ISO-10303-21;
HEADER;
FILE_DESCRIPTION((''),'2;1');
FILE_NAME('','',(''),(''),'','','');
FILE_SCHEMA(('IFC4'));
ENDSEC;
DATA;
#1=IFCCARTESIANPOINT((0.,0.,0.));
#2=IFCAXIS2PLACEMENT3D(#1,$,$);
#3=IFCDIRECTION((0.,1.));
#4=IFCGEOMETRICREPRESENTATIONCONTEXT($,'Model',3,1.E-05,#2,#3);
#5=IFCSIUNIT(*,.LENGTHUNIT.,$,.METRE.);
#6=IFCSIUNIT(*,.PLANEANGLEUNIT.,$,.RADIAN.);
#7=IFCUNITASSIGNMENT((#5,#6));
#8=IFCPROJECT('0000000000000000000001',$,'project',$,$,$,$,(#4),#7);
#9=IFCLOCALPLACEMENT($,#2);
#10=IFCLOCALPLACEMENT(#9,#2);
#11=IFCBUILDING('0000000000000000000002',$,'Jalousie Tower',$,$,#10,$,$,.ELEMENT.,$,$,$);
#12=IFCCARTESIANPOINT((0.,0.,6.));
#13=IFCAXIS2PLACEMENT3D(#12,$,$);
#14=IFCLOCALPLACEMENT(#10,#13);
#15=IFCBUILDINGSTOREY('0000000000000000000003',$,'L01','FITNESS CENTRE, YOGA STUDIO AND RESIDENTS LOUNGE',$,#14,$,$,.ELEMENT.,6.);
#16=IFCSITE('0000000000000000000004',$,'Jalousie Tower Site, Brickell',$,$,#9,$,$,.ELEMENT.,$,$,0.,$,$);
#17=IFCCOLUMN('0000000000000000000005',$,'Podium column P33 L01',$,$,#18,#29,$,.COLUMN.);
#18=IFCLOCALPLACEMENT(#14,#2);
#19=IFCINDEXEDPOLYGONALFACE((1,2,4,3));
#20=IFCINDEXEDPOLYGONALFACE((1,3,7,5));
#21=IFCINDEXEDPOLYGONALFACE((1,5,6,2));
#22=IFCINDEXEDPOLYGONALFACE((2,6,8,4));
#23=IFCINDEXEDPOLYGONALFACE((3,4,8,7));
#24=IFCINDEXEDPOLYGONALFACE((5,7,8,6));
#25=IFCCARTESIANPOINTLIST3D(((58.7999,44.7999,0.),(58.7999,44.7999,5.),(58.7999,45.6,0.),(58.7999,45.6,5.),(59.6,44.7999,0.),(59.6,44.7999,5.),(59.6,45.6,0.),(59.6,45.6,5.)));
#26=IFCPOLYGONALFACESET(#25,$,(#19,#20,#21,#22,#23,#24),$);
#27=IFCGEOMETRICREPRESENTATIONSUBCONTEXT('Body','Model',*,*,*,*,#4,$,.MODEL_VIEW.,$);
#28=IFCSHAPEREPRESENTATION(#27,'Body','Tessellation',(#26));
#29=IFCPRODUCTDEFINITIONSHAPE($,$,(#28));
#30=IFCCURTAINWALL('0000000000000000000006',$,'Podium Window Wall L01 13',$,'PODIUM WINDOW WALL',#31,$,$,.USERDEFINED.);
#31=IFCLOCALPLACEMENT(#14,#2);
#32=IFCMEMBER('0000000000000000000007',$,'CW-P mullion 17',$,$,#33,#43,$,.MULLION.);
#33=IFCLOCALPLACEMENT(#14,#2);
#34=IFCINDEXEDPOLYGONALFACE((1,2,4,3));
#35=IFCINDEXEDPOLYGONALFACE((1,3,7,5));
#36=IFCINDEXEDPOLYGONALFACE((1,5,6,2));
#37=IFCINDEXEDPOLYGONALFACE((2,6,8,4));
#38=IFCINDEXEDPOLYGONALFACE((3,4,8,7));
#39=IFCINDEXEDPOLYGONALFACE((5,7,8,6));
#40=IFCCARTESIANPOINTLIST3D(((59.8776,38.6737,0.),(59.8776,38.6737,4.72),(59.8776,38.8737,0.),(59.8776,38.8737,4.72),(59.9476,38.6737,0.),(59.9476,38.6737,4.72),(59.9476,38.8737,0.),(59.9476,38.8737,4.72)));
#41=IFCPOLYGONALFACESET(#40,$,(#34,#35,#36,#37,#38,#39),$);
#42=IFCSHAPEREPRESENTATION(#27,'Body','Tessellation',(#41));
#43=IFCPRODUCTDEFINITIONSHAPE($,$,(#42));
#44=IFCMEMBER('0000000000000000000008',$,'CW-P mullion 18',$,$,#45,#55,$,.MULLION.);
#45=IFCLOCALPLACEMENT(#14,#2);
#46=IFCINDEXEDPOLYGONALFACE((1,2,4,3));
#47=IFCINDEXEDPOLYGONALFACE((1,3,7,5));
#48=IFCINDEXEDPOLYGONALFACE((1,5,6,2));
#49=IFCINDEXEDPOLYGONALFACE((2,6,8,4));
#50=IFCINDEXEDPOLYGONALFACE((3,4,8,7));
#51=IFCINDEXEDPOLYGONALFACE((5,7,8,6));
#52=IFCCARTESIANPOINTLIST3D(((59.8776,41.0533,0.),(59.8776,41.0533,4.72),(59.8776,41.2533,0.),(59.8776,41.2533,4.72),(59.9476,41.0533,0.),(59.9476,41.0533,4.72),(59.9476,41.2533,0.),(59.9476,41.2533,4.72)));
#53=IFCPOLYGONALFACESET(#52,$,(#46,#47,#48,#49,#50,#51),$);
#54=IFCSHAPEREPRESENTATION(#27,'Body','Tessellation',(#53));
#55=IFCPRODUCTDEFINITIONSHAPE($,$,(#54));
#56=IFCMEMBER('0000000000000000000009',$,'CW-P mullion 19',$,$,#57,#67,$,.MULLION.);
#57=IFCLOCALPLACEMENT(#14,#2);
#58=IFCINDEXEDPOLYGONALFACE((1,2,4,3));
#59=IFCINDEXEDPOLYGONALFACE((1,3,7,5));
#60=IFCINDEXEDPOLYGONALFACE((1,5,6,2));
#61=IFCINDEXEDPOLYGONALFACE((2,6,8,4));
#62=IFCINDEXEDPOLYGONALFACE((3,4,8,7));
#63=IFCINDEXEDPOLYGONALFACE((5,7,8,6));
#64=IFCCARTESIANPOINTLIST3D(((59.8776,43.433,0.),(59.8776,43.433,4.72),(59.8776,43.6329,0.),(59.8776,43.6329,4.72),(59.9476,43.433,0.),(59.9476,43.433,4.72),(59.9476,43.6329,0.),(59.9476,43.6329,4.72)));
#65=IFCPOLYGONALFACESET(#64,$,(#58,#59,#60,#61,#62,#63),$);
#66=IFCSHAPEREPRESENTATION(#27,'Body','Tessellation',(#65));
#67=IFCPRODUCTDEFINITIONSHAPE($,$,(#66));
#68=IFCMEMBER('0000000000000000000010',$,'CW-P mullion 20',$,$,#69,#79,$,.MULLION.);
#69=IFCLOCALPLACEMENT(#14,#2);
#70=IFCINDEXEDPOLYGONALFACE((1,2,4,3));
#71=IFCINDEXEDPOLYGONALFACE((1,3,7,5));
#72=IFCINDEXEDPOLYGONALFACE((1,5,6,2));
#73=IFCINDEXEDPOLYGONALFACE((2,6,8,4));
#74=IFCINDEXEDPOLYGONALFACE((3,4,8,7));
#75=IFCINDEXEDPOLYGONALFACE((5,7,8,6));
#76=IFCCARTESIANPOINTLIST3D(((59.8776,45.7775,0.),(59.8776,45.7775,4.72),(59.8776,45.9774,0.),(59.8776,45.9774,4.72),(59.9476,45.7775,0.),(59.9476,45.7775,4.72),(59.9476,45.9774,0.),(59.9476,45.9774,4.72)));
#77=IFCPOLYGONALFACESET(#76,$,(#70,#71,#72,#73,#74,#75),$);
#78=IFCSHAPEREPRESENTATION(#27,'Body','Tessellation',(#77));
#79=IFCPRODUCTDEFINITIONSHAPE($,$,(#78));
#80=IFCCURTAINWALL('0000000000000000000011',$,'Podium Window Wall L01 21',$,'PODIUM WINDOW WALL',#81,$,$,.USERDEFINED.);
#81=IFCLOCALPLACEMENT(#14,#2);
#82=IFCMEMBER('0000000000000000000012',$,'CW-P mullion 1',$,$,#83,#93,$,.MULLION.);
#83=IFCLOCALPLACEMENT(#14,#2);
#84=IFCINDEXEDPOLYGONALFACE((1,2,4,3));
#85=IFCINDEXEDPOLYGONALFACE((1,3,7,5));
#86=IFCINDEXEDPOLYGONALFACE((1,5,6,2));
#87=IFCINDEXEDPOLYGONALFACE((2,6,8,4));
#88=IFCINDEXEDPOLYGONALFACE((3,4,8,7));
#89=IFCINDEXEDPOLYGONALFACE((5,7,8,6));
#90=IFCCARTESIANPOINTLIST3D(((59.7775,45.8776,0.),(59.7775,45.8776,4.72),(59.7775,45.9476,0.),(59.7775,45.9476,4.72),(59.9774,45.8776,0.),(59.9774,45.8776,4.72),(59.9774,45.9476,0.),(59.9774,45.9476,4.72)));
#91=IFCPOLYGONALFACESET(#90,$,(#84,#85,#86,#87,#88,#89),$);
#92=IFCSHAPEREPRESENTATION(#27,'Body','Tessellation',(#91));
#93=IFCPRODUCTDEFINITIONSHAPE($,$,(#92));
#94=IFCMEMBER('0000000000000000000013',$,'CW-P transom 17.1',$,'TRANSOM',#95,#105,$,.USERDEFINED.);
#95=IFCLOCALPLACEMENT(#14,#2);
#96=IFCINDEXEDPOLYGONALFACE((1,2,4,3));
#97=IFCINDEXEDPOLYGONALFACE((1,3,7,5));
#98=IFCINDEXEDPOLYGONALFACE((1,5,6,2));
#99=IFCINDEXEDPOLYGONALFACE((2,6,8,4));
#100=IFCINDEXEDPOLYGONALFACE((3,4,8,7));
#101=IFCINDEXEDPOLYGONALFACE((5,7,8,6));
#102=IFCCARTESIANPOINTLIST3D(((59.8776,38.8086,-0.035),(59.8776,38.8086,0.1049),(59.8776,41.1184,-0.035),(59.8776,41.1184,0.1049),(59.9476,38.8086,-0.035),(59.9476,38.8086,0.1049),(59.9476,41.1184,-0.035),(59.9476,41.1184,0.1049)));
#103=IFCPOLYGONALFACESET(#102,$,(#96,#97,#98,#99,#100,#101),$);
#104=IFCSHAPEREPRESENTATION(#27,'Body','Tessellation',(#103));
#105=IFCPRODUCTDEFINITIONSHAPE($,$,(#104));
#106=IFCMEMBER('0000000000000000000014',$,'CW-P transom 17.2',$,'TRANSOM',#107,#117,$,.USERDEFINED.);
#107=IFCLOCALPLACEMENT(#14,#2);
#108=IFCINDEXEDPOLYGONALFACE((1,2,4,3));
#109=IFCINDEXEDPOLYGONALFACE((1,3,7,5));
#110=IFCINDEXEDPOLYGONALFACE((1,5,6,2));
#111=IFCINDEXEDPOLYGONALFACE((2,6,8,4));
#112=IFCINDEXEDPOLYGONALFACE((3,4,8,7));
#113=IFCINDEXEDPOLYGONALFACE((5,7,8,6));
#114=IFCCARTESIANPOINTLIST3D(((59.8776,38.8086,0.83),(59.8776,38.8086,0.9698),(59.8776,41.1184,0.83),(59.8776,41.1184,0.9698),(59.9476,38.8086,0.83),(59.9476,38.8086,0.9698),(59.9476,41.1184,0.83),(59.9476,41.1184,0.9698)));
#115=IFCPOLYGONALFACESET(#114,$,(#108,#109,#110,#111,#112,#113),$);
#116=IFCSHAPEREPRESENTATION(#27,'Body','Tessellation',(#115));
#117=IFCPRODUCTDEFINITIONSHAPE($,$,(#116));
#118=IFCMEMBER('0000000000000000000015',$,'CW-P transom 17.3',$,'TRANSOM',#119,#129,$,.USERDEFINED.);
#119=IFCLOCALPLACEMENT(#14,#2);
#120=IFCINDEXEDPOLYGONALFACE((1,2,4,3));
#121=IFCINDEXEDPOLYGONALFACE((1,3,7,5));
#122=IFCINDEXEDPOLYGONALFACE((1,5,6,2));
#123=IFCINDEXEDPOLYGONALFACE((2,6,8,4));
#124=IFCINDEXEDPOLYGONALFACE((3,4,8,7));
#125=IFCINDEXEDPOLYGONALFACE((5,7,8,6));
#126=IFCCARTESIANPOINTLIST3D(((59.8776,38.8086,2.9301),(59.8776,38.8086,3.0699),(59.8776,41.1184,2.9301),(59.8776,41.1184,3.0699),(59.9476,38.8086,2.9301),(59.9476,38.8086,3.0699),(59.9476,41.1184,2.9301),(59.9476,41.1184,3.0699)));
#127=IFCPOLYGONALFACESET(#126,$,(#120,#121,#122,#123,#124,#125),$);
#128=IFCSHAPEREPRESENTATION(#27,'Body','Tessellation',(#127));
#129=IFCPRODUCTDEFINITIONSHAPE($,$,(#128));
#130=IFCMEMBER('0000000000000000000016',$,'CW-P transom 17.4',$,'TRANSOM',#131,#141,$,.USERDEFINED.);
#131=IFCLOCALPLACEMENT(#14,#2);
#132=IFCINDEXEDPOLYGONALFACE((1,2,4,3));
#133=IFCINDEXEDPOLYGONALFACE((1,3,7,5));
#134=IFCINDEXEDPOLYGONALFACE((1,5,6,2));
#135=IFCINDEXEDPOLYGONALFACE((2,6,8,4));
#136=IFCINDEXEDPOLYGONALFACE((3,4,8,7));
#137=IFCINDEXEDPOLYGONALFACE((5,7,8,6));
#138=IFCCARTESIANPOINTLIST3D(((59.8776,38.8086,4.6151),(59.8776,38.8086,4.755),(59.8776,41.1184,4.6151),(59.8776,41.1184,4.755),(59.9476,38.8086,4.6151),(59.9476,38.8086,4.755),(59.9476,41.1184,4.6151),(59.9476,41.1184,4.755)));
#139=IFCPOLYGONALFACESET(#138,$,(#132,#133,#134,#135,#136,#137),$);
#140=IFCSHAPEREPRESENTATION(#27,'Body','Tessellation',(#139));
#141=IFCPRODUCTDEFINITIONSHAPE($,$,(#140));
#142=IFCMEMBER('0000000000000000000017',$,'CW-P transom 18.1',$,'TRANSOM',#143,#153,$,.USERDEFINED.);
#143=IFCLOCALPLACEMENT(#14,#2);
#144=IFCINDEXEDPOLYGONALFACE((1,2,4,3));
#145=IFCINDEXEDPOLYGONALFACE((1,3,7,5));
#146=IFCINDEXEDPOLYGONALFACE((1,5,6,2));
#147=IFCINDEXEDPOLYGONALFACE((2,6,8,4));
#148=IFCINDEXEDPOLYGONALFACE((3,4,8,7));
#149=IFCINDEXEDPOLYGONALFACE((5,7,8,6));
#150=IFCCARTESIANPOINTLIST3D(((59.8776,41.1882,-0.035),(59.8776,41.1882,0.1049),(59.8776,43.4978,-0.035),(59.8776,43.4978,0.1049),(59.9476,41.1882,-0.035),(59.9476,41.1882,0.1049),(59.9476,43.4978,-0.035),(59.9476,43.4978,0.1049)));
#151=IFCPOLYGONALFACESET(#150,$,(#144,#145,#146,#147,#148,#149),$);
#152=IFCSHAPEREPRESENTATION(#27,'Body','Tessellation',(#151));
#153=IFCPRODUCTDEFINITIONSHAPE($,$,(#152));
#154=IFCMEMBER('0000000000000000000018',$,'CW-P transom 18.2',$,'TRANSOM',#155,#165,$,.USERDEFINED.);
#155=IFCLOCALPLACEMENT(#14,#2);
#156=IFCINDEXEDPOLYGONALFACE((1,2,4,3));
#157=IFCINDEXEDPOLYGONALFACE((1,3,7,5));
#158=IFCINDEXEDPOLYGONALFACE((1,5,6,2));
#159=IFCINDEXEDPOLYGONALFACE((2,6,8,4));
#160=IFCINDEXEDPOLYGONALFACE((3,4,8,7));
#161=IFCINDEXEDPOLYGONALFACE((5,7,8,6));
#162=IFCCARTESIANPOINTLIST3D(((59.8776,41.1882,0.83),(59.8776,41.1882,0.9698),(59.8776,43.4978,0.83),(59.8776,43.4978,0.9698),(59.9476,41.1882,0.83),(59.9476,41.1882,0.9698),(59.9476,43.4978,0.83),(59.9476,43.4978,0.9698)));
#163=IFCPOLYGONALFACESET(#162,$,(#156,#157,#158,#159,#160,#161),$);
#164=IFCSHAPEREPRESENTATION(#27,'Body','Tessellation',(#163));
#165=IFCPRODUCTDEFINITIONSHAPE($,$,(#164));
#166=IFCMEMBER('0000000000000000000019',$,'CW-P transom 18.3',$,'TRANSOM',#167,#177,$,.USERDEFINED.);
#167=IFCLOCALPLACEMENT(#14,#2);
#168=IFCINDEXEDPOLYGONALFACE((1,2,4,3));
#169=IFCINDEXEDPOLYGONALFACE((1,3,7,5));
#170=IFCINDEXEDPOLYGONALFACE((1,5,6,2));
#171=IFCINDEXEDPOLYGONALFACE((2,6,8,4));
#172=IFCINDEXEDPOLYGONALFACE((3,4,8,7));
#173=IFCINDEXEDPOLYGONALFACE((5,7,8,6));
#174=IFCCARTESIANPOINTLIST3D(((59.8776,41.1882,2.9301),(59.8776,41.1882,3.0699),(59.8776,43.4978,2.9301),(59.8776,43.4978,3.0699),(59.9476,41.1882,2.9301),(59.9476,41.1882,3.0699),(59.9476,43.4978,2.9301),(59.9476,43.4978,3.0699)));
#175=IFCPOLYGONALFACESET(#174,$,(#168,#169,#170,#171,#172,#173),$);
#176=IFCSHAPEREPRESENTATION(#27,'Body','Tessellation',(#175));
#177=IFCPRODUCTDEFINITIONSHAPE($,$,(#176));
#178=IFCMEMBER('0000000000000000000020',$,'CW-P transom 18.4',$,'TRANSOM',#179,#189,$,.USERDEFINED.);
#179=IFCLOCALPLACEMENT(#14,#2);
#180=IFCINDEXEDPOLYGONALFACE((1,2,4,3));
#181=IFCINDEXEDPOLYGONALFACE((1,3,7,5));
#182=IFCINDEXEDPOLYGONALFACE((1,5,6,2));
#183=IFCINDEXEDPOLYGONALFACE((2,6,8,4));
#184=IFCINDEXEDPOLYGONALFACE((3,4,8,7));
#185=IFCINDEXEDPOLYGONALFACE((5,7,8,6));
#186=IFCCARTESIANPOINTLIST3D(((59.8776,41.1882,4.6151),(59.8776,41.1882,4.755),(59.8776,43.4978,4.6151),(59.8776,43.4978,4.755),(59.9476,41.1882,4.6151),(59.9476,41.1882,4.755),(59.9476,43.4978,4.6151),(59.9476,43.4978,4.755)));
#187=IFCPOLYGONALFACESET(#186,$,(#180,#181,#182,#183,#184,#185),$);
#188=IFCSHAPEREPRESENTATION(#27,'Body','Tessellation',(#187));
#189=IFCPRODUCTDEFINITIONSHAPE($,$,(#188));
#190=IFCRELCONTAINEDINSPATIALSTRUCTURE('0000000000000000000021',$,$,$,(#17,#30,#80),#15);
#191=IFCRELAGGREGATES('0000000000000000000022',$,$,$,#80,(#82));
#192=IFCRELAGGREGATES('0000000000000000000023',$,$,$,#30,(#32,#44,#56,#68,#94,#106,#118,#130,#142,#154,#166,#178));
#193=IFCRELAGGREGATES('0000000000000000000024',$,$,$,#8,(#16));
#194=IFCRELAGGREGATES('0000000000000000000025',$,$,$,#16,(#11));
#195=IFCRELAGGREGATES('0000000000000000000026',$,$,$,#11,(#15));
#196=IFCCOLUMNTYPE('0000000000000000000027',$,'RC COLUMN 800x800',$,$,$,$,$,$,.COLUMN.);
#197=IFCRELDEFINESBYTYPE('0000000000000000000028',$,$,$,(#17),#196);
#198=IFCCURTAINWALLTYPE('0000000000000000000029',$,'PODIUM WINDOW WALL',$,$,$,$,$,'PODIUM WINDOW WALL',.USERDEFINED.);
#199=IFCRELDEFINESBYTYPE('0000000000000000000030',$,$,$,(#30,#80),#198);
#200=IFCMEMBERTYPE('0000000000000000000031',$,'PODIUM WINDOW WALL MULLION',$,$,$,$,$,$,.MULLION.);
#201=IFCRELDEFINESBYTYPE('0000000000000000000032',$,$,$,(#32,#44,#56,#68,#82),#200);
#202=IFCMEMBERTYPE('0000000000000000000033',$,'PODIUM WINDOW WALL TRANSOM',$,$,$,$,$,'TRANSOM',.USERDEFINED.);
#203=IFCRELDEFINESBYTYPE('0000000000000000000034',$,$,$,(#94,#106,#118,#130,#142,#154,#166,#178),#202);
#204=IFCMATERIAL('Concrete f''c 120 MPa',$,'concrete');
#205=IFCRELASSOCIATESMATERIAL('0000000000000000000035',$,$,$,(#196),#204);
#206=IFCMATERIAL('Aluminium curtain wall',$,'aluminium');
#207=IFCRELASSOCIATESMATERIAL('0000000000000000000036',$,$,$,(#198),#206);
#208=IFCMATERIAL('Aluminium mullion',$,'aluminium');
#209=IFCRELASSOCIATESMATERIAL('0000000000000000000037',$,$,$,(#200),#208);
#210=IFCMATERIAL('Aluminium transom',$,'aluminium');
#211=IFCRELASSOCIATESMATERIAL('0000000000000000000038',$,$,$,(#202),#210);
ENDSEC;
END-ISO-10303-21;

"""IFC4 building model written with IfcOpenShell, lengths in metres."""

from ifc_helpers import new_model, si_unit, direction, frame, origin, origin_2d, place, context, subcontext, project, spatial, rectangle, extrude, material, material_profile, profile_set, type_object, element, aggregate, save


model = new_model("IFC4")

# Units and contexts
model_context = context("Model", 3, precision=1e-05, world=origin(), true_north=direction((0.0, 1.0)))
body_context = subcontext(model_context, "Body", "Model", "MODEL_VIEW")
ifc_project = project(units=[si_unit("LENGTHUNIT", "METRE"), si_unit("PLANEANGLEUNIT", "RADIAN")], contexts=[model_context])

# Site, building, storey
site_placement = place(None, origin())
site = spatial("IfcSite", under=ifc_project, at=site_placement, Name="Jalousie Tower Site, Brickell", CompositionType="ELEMENT", RefElevation=0.0)
building_placement = place(site_placement, origin())
building = spatial("IfcBuilding", under=site, at=building_placement, Name="Jalousie Tower", CompositionType="ELEMENT")
storey_placement = place(building_placement, frame((0.0, 0.0, 6.0)))
storey = spatial("IfcBuildingStorey", under=building, at=storey_placement, Name="L01", Description="FITNESS CENTRE, YOGA STUDIO AND RESIDENTS LOUNGE", CompositionType="ELEMENT", Elevation=6.0)

# Column
ifc_material_1 = material(Name="Concrete f'c 120 MPa", Category="concrete")
ifc_material_profile_1 = material_profile(ifc_material_1, rectangle(XDim=0.8, YDim=0.8, at=origin_2d()), Name="RC 800x800")
ifc_profile_set_1 = profile_set([ifc_material_profile_1], Name="Concrete f'c 120 MPa")
column_type = type_object("IfcColumnType", Name="RC COLUMN 800x800", PredefinedType="COLUMN", material=ifc_profile_set_1)
column_placement = place(storey_placement, frame((59.2, 45.2, 0.0), z_axis=(0.0, 0.0, 1.0), x_axis=(1.0, 0.0, 0.0)))
element("IfcColumn", 1, at=column_placement, inside=storey, type_object=column_type, Name="Podium column P33 L01", PredefinedType="COLUMN", context=body_context, shape_type="SweptSolid", body=[
    extrude(rectangle(XDim=0.8, YDim=0.8, at=origin_2d()), origin(), (0.0, 0.0, 1.0), 5.0),
])

# Curtain wall, members
ifc_material_2 = material(Name="Aluminium curtain wall", Category="aluminium")
curtain_wall_type = type_object("IfcCurtainWallType", Name="PODIUM WINDOW WALL", ElementType="PODIUM WINDOW WALL", PredefinedType="USERDEFINED", material=ifc_material_2)
curtain_wall_1_placement = place(storey_placement, origin())
curtain_wall_1 = element("IfcCurtainWall", 2, at=curtain_wall_1_placement, inside=storey, type_object=curtain_wall_type, Name="Podium Window Wall L01 13", ObjectType="PODIUM WINDOW WALL", PredefinedType="USERDEFINED")
ifc_material_3 = material(Name="Aluminium mullion", Category="aluminium")
ifc_material_profile_2 = material_profile(ifc_material_3, rectangle(XDim=0.0701, YDim=0.2, at=origin_2d()), Name="MULLION 70x200")
ifc_profile_set_2 = profile_set([ifc_material_profile_2], Name="Aluminium mullion")
member_type_1 = type_object("IfcMemberType", Name="PODIUM WINDOW WALL MULLION", PredefinedType="MULLION", material=ifc_profile_set_2)
member_1_placement = place(storey_placement, frame((59.9126, 38.7737, 0.0), z_axis=(0.0, 0.0, 1.0), x_axis=(-1.0, 0.0, 0.0)))
member_1 = element("IfcMember", 3, at=member_1_placement, type_object=member_type_1, Name="CW-P mullion 17", PredefinedType="MULLION", context=body_context, shape_type="SweptSolid", body=[
    extrude(rectangle(XDim=0.0701, YDim=0.2, at=origin_2d()), origin(), (0.0, 0.0, 1.0), 4.72),
])
member_2_placement = place(storey_placement, frame((59.9126, 41.1533, 0.0), z_axis=(0.0, 0.0, 1.0), x_axis=(-1.0, 0.0, 0.0)))
member_2 = element("IfcMember", 4, at=member_2_placement, type_object=member_type_1, Name="CW-P mullion 18", PredefinedType="MULLION", context=body_context, shape_type="SweptSolid", body=[
    extrude(rectangle(XDim=0.0701, YDim=0.2, at=origin_2d()), origin(), (0.0, 0.0, 1.0), 4.72),
])
member_3_placement = place(storey_placement, frame((59.9126, 43.533, 0.0), z_axis=(0.0, 0.0, 1.0), x_axis=(-1.0, 0.0, 0.0)))
member_3 = element("IfcMember", 5, at=member_3_placement, type_object=member_type_1, Name="CW-P mullion 19", PredefinedType="MULLION", context=body_context, shape_type="SweptSolid", body=[
    extrude(rectangle(XDim=0.0701, YDim=0.2, at=origin_2d()), origin(), (0.0, 0.0, 1.0), 4.72),
])
member_4_placement = place(storey_placement, frame((59.9126, 45.8774, 0.0), z_axis=(0.0, 0.0, 1.0), x_axis=(-1.0, 0.0, 0.0)))
member_4 = element("IfcMember", 6, at=member_4_placement, type_object=member_type_1, Name="CW-P mullion 20", PredefinedType="MULLION", context=body_context, shape_type="SweptSolid", body=[
    extrude(rectangle(XDim=0.0701, YDim=0.2, at=origin_2d()), origin(), (0.0, 0.0, 1.0), 4.72),
])

# Curtain wall, member
curtain_wall_2_placement = place(storey_placement, origin())
curtain_wall_2 = element("IfcCurtainWall", 7, at=curtain_wall_2_placement, inside=storey, type_object=curtain_wall_type, Name="Podium Window Wall L01 21", ObjectType="PODIUM WINDOW WALL", PredefinedType="USERDEFINED")
member_5_placement = place(storey_placement, frame((59.8774, 45.9126, 0.0), z_axis=(0.0, 0.0, 1.0), x_axis=(0.0, -1.0, 0.0)))
member_5 = element("IfcMember", 8, at=member_5_placement, type_object=member_type_1, Name="CW-P mullion 1", PredefinedType="MULLION", context=body_context, shape_type="SweptSolid", body=[
    extrude(rectangle(XDim=0.0701, YDim=0.2, at=origin_2d()), origin(), (0.0, 0.0, 1.0), 4.72),
])

# Members
ifc_material_4 = material(Name="Aluminium transom", Category="aluminium")
ifc_material_profile_3 = material_profile(ifc_material_4, rectangle(XDim=0.0701, YDim=0.1399, at=origin_2d()), Name="TRANSOM 70x140")
ifc_profile_set_3 = profile_set([ifc_material_profile_3], Name="Aluminium transom")
member_type_2 = type_object("IfcMemberType", Name="PODIUM WINDOW WALL TRANSOM", ElementType="TRANSOM", PredefinedType="USERDEFINED", material=ifc_profile_set_3)
member_6_placement = place(storey_placement, frame((59.9126, 38.8086, 0.0349), z_axis=(0.0, 1.0, 0.0), x_axis=(-1.0, 0.0, 0.0)))
member_6 = element("IfcMember", 9, at=member_6_placement, type_object=member_type_2, Name="CW-P transom 17.1", ObjectType="TRANSOM", PredefinedType="USERDEFINED", context=body_context, shape_type="SweptSolid", body=[
    extrude(rectangle(XDim=0.0701, YDim=0.1399, at=origin_2d()), origin(), (0.0, 0.0, 1.0), 2.3098),
])
member_7_placement = place(storey_placement, frame((59.9126, 38.8086, 0.8999), z_axis=(0.0, 1.0, 0.0), x_axis=(-1.0, 0.0, 0.0)))
member_7 = element("IfcMember", 10, at=member_7_placement, type_object=member_type_2, Name="CW-P transom 17.2", ObjectType="TRANSOM", PredefinedType="USERDEFINED", context=body_context, shape_type="SweptSolid", body=[
    extrude(rectangle(XDim=0.0701, YDim=0.1399, at=origin_2d()), origin(), (0.0, 0.0, 1.0), 2.3098),
])
member_8_placement = place(storey_placement, frame((59.9126, 38.8086, 3.0), z_axis=(0.0, 1.0, 0.0), x_axis=(-1.0, 0.0, 0.0)))
member_8 = element("IfcMember", 11, at=member_8_placement, type_object=member_type_2, Name="CW-P transom 17.3", ObjectType="TRANSOM", PredefinedType="USERDEFINED", context=body_context, shape_type="SweptSolid", body=[
    extrude(rectangle(XDim=0.0701, YDim=0.1399, at=origin_2d()), origin(), (0.0, 0.0, 1.0), 2.3098),
])
member_9_placement = place(storey_placement, frame((59.9126, 38.8086, 4.6851), z_axis=(0.0, 1.0, 0.0), x_axis=(-1.0, 0.0, 0.0)))
member_9 = element("IfcMember", 12, at=member_9_placement, type_object=member_type_2, Name="CW-P transom 17.4", ObjectType="TRANSOM", PredefinedType="USERDEFINED", context=body_context, shape_type="SweptSolid", body=[
    extrude(rectangle(XDim=0.0701, YDim=0.1399, at=origin_2d()), origin(), (0.0, 0.0, 1.0), 2.3098),
])
member_10_placement = place(storey_placement, frame((59.9126, 41.1882, 0.0349), z_axis=(0.0, 1.0, 0.0), x_axis=(-1.0, 0.0, 0.0)))
member_10 = element("IfcMember", 13, at=member_10_placement, type_object=member_type_2, Name="CW-P transom 18.1", ObjectType="TRANSOM", PredefinedType="USERDEFINED", context=body_context, shape_type="SweptSolid", body=[
    extrude(rectangle(XDim=0.0701, YDim=0.1399, at=origin_2d()), origin(), (0.0, 0.0, 1.0), 2.3096),
])
member_11_placement = place(storey_placement, frame((59.9126, 41.1882, 0.8999), z_axis=(0.0, 1.0, 0.0), x_axis=(-1.0, 0.0, 0.0)))
member_11 = element("IfcMember", 14, at=member_11_placement, type_object=member_type_2, Name="CW-P transom 18.2", ObjectType="TRANSOM", PredefinedType="USERDEFINED", context=body_context, shape_type="SweptSolid", body=[
    extrude(rectangle(XDim=0.0701, YDim=0.1399, at=origin_2d()), origin(), (0.0, 0.0, 1.0), 2.3096),
])
member_12_placement = place(storey_placement, frame((59.9126, 41.1882, 3.0), z_axis=(0.0, 1.0, 0.0), x_axis=(-1.0, 0.0, 0.0)))
member_12 = element("IfcMember", 15, at=member_12_placement, type_object=member_type_2, Name="CW-P transom 18.3", ObjectType="TRANSOM", PredefinedType="USERDEFINED", context=body_context, shape_type="SweptSolid", body=[
    extrude(rectangle(XDim=0.0701, YDim=0.1399, at=origin_2d()), origin(), (0.0, 0.0, 1.0), 2.3096),
])
member_13_placement = place(storey_placement, frame((59.9126, 41.1882, 4.6851), z_axis=(0.0, 1.0, 0.0), x_axis=(-1.0, 0.0, 0.0)))
member_13 = element("IfcMember", 16, at=member_13_placement, type_object=member_type_2, Name="CW-P transom 18.4", ObjectType="TRANSOM", PredefinedType="USERDEFINED", context=body_context, shape_type="SweptSolid", body=[
    extrude(rectangle(XDim=0.0701, YDim=0.1399, at=origin_2d()), origin(), (0.0, 0.0, 1.0), 2.3096),
])
aggregate(curtain_wall_2, [member_5])

aggregate(curtain_wall_1, [member_1, member_2, member_3, member_4, member_6, member_7, member_8, member_9, member_10, member_11, member_12, member_13])

save(model, "model.ifc")
